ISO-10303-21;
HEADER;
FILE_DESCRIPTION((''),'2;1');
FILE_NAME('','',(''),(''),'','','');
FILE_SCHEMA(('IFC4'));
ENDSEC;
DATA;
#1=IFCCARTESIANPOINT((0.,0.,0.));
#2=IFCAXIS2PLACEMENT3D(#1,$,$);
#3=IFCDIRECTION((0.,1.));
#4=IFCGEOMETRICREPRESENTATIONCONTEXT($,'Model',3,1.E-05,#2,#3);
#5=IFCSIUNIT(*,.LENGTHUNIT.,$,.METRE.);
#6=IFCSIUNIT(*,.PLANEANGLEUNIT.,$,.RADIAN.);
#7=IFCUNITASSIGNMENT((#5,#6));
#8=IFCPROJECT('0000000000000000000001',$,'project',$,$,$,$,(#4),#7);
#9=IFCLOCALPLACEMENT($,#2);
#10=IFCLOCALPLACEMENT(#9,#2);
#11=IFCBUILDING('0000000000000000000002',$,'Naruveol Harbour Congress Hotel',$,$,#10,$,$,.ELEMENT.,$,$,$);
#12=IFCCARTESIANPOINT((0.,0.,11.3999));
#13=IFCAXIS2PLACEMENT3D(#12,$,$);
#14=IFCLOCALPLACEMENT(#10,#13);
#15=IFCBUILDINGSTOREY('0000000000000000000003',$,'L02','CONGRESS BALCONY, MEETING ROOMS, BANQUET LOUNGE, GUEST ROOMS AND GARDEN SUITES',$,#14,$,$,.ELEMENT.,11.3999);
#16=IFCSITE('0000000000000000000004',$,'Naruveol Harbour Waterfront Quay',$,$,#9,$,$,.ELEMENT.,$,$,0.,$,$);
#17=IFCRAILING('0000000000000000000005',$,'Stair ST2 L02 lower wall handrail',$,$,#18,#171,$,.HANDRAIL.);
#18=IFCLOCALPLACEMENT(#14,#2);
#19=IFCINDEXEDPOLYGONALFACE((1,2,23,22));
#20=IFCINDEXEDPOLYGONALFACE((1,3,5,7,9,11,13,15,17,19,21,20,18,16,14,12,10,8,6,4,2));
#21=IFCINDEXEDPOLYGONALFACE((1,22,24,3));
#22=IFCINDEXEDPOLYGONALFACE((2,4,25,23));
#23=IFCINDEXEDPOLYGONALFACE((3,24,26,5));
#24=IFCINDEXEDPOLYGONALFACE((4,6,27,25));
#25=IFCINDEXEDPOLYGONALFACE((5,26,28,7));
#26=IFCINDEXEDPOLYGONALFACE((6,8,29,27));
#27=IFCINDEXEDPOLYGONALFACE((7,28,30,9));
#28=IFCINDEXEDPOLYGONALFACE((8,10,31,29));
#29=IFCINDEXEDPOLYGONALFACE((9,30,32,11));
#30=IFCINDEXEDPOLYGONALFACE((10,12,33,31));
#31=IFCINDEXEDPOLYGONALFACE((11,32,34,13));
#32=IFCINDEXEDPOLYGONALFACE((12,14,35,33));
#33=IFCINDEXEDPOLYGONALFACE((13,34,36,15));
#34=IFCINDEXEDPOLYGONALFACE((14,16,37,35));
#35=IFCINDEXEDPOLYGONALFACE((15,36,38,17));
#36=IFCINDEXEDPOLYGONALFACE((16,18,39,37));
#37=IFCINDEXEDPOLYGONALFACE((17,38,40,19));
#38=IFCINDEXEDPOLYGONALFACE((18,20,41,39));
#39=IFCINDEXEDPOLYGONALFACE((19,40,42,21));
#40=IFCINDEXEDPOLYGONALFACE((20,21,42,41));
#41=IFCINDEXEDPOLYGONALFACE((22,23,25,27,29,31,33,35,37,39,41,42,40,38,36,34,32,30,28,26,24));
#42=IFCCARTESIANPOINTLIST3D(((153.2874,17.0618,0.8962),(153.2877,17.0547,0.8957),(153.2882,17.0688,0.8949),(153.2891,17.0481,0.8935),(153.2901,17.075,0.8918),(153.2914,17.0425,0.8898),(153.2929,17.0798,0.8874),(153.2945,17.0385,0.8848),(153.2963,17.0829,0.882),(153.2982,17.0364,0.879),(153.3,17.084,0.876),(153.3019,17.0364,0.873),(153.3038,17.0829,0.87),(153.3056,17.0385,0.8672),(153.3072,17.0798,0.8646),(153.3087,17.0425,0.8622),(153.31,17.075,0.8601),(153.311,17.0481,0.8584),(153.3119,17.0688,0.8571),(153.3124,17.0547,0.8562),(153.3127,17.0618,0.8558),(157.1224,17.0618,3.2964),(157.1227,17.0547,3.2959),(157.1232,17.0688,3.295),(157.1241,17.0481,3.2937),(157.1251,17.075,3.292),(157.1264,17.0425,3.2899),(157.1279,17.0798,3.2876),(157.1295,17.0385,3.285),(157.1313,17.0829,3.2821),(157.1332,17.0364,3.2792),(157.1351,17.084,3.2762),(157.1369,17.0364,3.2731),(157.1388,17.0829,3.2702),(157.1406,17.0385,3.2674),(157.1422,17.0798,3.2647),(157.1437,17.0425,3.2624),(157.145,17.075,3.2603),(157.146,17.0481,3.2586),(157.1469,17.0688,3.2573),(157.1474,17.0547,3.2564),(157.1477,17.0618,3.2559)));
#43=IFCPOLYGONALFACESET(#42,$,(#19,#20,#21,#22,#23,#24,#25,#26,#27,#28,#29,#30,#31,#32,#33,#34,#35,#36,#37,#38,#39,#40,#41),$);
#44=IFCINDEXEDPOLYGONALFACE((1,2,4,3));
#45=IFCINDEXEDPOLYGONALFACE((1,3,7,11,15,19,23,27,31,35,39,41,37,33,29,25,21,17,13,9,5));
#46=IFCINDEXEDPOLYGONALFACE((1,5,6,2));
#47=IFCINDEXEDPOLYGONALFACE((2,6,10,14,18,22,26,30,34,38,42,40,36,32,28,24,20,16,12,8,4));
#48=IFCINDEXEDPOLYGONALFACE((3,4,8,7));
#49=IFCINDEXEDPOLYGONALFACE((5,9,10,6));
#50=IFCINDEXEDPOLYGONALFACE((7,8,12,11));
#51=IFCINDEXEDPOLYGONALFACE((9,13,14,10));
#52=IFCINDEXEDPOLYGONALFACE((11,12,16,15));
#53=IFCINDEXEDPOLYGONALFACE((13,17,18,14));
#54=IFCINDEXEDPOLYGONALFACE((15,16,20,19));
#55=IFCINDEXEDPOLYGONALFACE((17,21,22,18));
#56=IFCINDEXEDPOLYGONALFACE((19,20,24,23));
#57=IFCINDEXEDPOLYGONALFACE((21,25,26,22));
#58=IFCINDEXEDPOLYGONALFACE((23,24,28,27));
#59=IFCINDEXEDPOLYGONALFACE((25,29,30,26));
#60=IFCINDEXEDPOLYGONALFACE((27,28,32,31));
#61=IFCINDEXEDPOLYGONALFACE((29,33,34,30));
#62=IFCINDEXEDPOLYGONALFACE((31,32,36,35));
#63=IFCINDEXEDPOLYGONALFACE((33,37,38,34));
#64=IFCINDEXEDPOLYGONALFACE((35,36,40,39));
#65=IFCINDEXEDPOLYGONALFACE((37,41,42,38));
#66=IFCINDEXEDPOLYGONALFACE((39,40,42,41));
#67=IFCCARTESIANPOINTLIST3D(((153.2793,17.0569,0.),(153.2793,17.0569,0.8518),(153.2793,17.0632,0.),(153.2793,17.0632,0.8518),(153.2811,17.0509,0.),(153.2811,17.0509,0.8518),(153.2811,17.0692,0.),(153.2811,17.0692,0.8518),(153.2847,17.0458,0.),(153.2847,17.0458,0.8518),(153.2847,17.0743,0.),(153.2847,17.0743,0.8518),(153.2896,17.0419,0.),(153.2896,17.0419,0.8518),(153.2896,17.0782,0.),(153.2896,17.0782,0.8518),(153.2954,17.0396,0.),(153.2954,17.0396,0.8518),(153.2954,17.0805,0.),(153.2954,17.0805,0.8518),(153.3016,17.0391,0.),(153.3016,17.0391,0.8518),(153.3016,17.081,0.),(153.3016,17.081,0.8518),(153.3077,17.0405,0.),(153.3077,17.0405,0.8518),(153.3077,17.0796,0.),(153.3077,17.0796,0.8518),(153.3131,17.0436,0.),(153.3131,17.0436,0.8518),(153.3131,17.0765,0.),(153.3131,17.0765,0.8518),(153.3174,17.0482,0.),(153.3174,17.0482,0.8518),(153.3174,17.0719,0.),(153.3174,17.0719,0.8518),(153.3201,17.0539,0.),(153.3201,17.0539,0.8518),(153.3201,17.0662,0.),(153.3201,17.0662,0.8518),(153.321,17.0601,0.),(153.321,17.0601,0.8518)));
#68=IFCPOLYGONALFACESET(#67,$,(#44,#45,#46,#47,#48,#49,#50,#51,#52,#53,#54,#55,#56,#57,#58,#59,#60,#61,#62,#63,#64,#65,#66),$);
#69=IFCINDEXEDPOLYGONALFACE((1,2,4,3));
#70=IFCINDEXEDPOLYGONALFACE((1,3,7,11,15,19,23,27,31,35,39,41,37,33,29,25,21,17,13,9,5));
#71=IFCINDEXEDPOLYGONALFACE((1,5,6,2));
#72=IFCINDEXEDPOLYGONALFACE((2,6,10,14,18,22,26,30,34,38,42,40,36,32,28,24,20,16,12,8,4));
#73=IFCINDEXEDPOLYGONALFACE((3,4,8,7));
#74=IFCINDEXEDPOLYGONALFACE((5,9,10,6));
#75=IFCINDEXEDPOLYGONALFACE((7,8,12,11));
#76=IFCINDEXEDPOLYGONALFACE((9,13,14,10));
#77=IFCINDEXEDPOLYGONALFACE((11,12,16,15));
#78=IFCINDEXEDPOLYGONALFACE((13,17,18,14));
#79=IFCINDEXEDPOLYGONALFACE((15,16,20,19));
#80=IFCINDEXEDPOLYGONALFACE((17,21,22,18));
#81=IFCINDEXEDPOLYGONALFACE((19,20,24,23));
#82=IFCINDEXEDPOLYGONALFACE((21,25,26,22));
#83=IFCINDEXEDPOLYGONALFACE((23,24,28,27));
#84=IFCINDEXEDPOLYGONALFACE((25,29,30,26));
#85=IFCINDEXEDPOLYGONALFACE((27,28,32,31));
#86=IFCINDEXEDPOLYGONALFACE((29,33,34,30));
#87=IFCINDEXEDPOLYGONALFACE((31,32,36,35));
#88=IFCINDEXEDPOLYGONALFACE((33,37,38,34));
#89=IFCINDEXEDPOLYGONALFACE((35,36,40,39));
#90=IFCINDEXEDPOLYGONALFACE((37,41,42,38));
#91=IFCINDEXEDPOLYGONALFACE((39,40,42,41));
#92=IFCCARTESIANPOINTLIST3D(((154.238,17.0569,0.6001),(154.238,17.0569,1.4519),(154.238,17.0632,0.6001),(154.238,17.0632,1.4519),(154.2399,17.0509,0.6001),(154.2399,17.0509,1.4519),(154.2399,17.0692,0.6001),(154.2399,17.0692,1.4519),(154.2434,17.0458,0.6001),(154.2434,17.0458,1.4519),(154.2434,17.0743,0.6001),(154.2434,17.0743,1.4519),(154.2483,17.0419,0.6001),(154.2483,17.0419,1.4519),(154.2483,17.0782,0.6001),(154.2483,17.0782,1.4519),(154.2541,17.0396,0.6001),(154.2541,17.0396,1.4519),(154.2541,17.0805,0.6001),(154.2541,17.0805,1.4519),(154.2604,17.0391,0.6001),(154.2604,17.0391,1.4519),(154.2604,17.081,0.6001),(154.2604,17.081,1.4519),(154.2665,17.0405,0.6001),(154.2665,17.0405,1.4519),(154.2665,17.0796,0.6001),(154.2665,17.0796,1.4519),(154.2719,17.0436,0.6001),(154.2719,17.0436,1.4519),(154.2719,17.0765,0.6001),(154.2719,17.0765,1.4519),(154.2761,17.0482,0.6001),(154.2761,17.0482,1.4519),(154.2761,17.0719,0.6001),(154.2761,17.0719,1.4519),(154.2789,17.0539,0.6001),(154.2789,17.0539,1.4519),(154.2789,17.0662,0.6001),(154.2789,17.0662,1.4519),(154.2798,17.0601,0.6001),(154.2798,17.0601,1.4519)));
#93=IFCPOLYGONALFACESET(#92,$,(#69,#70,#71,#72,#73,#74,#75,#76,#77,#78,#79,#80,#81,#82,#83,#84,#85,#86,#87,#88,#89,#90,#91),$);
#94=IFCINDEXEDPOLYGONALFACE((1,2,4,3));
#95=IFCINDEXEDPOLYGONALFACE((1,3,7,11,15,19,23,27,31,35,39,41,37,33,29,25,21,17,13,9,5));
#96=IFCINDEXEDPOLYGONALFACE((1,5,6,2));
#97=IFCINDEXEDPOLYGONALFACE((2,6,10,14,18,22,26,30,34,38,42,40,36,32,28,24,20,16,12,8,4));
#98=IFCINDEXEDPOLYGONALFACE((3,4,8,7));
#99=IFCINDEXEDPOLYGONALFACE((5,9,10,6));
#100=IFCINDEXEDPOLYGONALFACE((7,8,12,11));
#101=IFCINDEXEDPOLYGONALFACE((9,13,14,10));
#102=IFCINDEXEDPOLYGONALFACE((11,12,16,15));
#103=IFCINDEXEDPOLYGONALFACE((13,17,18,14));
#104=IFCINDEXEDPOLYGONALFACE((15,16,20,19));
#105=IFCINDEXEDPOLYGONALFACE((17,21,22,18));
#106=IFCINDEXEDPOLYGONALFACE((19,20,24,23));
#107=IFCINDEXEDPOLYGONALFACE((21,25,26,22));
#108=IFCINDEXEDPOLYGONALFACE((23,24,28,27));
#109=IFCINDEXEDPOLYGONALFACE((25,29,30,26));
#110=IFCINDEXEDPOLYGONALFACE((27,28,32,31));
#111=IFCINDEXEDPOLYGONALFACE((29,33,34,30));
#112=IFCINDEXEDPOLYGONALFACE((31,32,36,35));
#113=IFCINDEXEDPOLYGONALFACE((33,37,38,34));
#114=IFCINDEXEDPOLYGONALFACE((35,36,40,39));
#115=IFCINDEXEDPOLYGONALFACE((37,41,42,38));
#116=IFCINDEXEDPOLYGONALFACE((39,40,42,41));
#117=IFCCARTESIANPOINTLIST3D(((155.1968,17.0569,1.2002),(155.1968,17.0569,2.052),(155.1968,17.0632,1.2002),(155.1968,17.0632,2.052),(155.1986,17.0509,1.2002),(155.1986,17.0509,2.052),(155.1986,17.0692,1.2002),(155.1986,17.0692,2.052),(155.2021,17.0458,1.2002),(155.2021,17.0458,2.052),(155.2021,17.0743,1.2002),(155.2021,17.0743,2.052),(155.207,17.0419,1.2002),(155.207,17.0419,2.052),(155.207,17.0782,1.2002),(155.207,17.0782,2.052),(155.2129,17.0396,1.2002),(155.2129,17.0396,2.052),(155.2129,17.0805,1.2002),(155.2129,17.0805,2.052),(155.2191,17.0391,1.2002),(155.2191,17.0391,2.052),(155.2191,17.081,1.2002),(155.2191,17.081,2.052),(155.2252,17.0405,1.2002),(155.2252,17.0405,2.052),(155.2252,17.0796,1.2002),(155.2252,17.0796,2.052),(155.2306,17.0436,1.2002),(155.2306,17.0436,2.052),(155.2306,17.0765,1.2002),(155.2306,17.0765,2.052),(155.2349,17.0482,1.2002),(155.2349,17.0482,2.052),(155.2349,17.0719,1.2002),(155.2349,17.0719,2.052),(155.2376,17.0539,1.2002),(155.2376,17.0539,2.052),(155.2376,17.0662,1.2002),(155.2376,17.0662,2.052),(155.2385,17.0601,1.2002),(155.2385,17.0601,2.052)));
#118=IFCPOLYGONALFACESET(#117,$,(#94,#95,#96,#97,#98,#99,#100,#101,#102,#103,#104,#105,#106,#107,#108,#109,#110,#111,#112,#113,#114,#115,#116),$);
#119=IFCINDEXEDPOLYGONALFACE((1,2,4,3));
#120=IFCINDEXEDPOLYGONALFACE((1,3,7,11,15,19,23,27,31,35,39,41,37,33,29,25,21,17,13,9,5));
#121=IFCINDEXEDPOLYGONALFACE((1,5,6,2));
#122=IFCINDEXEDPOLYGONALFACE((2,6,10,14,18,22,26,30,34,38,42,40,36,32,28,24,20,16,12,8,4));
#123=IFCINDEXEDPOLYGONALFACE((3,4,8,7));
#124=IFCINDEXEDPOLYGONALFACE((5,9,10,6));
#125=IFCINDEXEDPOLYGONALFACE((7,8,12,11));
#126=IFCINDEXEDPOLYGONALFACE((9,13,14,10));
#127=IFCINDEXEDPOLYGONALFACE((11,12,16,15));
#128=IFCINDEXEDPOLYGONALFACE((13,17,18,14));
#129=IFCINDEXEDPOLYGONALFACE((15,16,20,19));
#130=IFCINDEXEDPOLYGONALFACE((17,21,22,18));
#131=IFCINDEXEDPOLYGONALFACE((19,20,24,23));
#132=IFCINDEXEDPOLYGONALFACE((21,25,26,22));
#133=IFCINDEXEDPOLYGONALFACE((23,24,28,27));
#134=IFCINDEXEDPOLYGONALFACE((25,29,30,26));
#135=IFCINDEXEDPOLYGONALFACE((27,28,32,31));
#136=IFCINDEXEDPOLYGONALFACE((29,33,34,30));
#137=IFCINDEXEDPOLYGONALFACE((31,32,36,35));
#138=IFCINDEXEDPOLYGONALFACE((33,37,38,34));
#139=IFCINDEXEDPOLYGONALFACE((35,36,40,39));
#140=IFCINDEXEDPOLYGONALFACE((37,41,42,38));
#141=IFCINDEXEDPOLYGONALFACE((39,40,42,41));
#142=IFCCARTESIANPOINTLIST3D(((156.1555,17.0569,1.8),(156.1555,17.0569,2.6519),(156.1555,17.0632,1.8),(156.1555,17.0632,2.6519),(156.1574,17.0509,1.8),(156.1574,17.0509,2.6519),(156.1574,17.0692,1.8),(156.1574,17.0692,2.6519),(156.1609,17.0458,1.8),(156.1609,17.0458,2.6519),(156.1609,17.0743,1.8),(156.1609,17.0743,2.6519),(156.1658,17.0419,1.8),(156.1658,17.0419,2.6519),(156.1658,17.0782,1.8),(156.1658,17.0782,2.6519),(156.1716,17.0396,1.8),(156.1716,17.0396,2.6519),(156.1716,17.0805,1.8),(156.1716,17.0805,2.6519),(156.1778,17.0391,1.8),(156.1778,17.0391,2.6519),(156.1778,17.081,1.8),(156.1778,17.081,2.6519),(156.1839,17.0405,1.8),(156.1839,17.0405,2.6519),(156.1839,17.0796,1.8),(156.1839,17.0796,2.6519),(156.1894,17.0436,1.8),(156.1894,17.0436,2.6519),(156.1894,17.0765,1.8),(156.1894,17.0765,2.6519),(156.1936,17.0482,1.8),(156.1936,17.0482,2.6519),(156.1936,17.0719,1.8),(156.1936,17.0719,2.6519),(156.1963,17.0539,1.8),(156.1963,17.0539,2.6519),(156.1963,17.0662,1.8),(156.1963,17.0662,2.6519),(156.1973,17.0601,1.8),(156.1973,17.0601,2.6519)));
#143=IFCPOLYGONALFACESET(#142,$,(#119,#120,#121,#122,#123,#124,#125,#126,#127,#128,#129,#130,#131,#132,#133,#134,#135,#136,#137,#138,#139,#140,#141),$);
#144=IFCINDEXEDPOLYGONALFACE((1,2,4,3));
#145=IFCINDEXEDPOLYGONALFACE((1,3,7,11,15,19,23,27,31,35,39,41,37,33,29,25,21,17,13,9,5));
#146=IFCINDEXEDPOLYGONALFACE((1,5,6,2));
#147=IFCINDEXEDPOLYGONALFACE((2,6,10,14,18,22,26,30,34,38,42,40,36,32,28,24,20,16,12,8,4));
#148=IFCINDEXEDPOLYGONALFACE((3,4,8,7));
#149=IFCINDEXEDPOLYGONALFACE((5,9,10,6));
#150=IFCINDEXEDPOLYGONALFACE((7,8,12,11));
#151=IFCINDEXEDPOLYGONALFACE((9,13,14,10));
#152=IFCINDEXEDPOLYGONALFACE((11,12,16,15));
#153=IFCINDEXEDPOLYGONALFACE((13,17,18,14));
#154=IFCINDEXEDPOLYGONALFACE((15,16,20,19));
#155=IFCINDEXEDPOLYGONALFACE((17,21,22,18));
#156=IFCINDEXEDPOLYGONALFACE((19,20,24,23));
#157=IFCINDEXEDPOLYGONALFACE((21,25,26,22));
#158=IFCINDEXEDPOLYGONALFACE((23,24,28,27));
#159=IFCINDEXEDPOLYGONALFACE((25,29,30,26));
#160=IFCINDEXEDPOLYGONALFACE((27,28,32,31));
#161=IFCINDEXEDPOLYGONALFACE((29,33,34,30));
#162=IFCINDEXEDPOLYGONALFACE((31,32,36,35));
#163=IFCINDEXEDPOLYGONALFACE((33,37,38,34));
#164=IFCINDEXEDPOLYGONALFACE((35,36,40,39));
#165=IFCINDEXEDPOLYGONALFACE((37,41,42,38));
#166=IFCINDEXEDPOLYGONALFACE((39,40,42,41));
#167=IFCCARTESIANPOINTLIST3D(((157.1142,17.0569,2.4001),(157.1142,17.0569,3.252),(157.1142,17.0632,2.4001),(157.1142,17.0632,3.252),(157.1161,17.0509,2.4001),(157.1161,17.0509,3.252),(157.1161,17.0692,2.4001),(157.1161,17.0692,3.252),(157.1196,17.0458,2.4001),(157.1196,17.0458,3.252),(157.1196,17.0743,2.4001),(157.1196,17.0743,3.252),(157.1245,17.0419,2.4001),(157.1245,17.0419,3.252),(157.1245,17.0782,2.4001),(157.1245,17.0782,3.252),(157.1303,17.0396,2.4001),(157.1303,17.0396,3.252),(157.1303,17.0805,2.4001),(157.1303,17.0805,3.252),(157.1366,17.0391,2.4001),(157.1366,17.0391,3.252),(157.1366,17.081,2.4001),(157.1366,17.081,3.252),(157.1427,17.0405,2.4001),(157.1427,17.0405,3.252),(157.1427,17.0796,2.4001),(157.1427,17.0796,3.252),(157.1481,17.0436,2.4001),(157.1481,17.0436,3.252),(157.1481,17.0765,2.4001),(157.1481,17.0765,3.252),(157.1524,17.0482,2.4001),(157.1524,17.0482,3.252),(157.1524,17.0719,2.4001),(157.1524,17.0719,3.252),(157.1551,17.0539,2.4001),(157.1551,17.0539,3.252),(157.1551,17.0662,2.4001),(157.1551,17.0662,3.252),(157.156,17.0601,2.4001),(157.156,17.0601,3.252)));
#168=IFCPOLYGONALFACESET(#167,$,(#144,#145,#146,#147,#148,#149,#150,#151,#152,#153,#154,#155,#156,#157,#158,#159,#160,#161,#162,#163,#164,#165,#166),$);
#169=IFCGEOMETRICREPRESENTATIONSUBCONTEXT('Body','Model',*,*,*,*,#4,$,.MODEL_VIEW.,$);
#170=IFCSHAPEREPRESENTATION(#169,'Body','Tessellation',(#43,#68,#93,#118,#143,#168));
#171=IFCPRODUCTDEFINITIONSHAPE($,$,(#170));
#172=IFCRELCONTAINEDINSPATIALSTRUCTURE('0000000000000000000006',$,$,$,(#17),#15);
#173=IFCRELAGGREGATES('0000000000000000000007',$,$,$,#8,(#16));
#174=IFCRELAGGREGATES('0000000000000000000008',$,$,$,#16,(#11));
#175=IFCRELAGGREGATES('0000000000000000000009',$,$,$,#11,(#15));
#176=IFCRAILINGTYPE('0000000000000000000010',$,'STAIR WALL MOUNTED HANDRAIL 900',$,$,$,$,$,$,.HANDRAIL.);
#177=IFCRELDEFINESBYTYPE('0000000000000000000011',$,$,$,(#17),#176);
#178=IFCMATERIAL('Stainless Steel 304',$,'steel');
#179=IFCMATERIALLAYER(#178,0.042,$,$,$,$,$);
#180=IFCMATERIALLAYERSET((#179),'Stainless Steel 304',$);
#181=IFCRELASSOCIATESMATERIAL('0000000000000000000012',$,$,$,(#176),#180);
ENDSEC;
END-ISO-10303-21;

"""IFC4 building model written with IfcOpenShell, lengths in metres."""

from ifc_helpers import new_model, si_unit, direction, frame, origin, origin_2d, place, context, subcontext, project, spatial, circle, extrude, material, layer, layer_set, type_object, element, save


model = new_model("IFC4")

# Units and contexts
model_context = context("Model", 3, precision=1e-05, world=origin(), true_north=direction((0.0, 1.0)))
body_context = subcontext(model_context, "Body", "Model", "MODEL_VIEW")
ifc_project = project(units=[si_unit("LENGTHUNIT", "METRE"), si_unit("PLANEANGLEUNIT", "RADIAN")], contexts=[model_context])

# Site, building, storey
site_placement = place(None, origin())
site = spatial("IfcSite", under=ifc_project, at=site_placement, Name="Naruveol Harbour Waterfront Quay", CompositionType="ELEMENT", RefElevation=0.0)
building_placement = place(site_placement, origin())
building = spatial("IfcBuilding", under=site, at=building_placement, Name="Naruveol Harbour Congress Hotel", CompositionType="ELEMENT")
storey_placement = place(building_placement, frame((0.0, 0.0, 11.3999)))
storey = spatial("IfcBuildingStorey", under=building, at=storey_placement, Name="L02", Description="CONGRESS BALCONY, MEETING ROOMS, BANQUET LOUNGE, GUEST ROOMS AND GARDEN SUITES", CompositionType="ELEMENT", Elevation=11.3999)

# Railing
ifc_material_1 = material(Name="Stainless Steel 304", Category="steel")
ifc_layer_1 = layer(ifc_material_1, 0.042)
ifc_layer_set_1 = layer_set([ifc_layer_1], Name="Stainless Steel 304")
railing_type_1 = type_object("IfcRailingType", Name="STAIR WALL MOUNTED HANDRAIL 900", PredefinedType="HANDRAIL", material=ifc_layer_set_1)
railing_1_placement = place(storey_placement, frame((153.3, 17.0601, 0.0)))
element("IfcRailing", 1, at=railing_1_placement, inside=storey, type_object=railing_type_1, Name="Stair ST2 L02 lower wall handrail", PredefinedType="HANDRAIL", context=body_context, shape_type="SweptSolid", body=[
    extrude(circle(Radius=0.0239, at=origin_2d()), frame((0.0, 0.0, 0.876), z_axis=(0.847671, 0.0, 0.530523), x_axis=(0.0, 1.0, 0.0)), (0.0, 0.0, 1.0), 4.5242),
    extrude(circle(Radius=0.021, at=origin_2d()), origin(), (0.0, 0.0, 1.0), 0.8518),
    extrude(circle(Radius=0.021, at=origin_2d()), frame((0.9587, 0.0, 0.6001)), (0.0, 0.0, 1.0), 0.8518),
    extrude(circle(Radius=0.021, at=origin_2d()), frame((1.9175, 0.0, 1.2002)), (0.0, 0.0, 1.0), 0.8518),
    extrude(circle(Radius=0.021, at=origin_2d()), frame((2.8762, 0.0, 1.8)), (0.0, 0.0, 1.0), 0.8518),
    extrude(circle(Radius=0.021, at=origin_2d()), frame((3.835, 0.0, 2.4001)), (0.0, 0.0, 1.0), 0.8518),
])

save(model, "model.ifc")
